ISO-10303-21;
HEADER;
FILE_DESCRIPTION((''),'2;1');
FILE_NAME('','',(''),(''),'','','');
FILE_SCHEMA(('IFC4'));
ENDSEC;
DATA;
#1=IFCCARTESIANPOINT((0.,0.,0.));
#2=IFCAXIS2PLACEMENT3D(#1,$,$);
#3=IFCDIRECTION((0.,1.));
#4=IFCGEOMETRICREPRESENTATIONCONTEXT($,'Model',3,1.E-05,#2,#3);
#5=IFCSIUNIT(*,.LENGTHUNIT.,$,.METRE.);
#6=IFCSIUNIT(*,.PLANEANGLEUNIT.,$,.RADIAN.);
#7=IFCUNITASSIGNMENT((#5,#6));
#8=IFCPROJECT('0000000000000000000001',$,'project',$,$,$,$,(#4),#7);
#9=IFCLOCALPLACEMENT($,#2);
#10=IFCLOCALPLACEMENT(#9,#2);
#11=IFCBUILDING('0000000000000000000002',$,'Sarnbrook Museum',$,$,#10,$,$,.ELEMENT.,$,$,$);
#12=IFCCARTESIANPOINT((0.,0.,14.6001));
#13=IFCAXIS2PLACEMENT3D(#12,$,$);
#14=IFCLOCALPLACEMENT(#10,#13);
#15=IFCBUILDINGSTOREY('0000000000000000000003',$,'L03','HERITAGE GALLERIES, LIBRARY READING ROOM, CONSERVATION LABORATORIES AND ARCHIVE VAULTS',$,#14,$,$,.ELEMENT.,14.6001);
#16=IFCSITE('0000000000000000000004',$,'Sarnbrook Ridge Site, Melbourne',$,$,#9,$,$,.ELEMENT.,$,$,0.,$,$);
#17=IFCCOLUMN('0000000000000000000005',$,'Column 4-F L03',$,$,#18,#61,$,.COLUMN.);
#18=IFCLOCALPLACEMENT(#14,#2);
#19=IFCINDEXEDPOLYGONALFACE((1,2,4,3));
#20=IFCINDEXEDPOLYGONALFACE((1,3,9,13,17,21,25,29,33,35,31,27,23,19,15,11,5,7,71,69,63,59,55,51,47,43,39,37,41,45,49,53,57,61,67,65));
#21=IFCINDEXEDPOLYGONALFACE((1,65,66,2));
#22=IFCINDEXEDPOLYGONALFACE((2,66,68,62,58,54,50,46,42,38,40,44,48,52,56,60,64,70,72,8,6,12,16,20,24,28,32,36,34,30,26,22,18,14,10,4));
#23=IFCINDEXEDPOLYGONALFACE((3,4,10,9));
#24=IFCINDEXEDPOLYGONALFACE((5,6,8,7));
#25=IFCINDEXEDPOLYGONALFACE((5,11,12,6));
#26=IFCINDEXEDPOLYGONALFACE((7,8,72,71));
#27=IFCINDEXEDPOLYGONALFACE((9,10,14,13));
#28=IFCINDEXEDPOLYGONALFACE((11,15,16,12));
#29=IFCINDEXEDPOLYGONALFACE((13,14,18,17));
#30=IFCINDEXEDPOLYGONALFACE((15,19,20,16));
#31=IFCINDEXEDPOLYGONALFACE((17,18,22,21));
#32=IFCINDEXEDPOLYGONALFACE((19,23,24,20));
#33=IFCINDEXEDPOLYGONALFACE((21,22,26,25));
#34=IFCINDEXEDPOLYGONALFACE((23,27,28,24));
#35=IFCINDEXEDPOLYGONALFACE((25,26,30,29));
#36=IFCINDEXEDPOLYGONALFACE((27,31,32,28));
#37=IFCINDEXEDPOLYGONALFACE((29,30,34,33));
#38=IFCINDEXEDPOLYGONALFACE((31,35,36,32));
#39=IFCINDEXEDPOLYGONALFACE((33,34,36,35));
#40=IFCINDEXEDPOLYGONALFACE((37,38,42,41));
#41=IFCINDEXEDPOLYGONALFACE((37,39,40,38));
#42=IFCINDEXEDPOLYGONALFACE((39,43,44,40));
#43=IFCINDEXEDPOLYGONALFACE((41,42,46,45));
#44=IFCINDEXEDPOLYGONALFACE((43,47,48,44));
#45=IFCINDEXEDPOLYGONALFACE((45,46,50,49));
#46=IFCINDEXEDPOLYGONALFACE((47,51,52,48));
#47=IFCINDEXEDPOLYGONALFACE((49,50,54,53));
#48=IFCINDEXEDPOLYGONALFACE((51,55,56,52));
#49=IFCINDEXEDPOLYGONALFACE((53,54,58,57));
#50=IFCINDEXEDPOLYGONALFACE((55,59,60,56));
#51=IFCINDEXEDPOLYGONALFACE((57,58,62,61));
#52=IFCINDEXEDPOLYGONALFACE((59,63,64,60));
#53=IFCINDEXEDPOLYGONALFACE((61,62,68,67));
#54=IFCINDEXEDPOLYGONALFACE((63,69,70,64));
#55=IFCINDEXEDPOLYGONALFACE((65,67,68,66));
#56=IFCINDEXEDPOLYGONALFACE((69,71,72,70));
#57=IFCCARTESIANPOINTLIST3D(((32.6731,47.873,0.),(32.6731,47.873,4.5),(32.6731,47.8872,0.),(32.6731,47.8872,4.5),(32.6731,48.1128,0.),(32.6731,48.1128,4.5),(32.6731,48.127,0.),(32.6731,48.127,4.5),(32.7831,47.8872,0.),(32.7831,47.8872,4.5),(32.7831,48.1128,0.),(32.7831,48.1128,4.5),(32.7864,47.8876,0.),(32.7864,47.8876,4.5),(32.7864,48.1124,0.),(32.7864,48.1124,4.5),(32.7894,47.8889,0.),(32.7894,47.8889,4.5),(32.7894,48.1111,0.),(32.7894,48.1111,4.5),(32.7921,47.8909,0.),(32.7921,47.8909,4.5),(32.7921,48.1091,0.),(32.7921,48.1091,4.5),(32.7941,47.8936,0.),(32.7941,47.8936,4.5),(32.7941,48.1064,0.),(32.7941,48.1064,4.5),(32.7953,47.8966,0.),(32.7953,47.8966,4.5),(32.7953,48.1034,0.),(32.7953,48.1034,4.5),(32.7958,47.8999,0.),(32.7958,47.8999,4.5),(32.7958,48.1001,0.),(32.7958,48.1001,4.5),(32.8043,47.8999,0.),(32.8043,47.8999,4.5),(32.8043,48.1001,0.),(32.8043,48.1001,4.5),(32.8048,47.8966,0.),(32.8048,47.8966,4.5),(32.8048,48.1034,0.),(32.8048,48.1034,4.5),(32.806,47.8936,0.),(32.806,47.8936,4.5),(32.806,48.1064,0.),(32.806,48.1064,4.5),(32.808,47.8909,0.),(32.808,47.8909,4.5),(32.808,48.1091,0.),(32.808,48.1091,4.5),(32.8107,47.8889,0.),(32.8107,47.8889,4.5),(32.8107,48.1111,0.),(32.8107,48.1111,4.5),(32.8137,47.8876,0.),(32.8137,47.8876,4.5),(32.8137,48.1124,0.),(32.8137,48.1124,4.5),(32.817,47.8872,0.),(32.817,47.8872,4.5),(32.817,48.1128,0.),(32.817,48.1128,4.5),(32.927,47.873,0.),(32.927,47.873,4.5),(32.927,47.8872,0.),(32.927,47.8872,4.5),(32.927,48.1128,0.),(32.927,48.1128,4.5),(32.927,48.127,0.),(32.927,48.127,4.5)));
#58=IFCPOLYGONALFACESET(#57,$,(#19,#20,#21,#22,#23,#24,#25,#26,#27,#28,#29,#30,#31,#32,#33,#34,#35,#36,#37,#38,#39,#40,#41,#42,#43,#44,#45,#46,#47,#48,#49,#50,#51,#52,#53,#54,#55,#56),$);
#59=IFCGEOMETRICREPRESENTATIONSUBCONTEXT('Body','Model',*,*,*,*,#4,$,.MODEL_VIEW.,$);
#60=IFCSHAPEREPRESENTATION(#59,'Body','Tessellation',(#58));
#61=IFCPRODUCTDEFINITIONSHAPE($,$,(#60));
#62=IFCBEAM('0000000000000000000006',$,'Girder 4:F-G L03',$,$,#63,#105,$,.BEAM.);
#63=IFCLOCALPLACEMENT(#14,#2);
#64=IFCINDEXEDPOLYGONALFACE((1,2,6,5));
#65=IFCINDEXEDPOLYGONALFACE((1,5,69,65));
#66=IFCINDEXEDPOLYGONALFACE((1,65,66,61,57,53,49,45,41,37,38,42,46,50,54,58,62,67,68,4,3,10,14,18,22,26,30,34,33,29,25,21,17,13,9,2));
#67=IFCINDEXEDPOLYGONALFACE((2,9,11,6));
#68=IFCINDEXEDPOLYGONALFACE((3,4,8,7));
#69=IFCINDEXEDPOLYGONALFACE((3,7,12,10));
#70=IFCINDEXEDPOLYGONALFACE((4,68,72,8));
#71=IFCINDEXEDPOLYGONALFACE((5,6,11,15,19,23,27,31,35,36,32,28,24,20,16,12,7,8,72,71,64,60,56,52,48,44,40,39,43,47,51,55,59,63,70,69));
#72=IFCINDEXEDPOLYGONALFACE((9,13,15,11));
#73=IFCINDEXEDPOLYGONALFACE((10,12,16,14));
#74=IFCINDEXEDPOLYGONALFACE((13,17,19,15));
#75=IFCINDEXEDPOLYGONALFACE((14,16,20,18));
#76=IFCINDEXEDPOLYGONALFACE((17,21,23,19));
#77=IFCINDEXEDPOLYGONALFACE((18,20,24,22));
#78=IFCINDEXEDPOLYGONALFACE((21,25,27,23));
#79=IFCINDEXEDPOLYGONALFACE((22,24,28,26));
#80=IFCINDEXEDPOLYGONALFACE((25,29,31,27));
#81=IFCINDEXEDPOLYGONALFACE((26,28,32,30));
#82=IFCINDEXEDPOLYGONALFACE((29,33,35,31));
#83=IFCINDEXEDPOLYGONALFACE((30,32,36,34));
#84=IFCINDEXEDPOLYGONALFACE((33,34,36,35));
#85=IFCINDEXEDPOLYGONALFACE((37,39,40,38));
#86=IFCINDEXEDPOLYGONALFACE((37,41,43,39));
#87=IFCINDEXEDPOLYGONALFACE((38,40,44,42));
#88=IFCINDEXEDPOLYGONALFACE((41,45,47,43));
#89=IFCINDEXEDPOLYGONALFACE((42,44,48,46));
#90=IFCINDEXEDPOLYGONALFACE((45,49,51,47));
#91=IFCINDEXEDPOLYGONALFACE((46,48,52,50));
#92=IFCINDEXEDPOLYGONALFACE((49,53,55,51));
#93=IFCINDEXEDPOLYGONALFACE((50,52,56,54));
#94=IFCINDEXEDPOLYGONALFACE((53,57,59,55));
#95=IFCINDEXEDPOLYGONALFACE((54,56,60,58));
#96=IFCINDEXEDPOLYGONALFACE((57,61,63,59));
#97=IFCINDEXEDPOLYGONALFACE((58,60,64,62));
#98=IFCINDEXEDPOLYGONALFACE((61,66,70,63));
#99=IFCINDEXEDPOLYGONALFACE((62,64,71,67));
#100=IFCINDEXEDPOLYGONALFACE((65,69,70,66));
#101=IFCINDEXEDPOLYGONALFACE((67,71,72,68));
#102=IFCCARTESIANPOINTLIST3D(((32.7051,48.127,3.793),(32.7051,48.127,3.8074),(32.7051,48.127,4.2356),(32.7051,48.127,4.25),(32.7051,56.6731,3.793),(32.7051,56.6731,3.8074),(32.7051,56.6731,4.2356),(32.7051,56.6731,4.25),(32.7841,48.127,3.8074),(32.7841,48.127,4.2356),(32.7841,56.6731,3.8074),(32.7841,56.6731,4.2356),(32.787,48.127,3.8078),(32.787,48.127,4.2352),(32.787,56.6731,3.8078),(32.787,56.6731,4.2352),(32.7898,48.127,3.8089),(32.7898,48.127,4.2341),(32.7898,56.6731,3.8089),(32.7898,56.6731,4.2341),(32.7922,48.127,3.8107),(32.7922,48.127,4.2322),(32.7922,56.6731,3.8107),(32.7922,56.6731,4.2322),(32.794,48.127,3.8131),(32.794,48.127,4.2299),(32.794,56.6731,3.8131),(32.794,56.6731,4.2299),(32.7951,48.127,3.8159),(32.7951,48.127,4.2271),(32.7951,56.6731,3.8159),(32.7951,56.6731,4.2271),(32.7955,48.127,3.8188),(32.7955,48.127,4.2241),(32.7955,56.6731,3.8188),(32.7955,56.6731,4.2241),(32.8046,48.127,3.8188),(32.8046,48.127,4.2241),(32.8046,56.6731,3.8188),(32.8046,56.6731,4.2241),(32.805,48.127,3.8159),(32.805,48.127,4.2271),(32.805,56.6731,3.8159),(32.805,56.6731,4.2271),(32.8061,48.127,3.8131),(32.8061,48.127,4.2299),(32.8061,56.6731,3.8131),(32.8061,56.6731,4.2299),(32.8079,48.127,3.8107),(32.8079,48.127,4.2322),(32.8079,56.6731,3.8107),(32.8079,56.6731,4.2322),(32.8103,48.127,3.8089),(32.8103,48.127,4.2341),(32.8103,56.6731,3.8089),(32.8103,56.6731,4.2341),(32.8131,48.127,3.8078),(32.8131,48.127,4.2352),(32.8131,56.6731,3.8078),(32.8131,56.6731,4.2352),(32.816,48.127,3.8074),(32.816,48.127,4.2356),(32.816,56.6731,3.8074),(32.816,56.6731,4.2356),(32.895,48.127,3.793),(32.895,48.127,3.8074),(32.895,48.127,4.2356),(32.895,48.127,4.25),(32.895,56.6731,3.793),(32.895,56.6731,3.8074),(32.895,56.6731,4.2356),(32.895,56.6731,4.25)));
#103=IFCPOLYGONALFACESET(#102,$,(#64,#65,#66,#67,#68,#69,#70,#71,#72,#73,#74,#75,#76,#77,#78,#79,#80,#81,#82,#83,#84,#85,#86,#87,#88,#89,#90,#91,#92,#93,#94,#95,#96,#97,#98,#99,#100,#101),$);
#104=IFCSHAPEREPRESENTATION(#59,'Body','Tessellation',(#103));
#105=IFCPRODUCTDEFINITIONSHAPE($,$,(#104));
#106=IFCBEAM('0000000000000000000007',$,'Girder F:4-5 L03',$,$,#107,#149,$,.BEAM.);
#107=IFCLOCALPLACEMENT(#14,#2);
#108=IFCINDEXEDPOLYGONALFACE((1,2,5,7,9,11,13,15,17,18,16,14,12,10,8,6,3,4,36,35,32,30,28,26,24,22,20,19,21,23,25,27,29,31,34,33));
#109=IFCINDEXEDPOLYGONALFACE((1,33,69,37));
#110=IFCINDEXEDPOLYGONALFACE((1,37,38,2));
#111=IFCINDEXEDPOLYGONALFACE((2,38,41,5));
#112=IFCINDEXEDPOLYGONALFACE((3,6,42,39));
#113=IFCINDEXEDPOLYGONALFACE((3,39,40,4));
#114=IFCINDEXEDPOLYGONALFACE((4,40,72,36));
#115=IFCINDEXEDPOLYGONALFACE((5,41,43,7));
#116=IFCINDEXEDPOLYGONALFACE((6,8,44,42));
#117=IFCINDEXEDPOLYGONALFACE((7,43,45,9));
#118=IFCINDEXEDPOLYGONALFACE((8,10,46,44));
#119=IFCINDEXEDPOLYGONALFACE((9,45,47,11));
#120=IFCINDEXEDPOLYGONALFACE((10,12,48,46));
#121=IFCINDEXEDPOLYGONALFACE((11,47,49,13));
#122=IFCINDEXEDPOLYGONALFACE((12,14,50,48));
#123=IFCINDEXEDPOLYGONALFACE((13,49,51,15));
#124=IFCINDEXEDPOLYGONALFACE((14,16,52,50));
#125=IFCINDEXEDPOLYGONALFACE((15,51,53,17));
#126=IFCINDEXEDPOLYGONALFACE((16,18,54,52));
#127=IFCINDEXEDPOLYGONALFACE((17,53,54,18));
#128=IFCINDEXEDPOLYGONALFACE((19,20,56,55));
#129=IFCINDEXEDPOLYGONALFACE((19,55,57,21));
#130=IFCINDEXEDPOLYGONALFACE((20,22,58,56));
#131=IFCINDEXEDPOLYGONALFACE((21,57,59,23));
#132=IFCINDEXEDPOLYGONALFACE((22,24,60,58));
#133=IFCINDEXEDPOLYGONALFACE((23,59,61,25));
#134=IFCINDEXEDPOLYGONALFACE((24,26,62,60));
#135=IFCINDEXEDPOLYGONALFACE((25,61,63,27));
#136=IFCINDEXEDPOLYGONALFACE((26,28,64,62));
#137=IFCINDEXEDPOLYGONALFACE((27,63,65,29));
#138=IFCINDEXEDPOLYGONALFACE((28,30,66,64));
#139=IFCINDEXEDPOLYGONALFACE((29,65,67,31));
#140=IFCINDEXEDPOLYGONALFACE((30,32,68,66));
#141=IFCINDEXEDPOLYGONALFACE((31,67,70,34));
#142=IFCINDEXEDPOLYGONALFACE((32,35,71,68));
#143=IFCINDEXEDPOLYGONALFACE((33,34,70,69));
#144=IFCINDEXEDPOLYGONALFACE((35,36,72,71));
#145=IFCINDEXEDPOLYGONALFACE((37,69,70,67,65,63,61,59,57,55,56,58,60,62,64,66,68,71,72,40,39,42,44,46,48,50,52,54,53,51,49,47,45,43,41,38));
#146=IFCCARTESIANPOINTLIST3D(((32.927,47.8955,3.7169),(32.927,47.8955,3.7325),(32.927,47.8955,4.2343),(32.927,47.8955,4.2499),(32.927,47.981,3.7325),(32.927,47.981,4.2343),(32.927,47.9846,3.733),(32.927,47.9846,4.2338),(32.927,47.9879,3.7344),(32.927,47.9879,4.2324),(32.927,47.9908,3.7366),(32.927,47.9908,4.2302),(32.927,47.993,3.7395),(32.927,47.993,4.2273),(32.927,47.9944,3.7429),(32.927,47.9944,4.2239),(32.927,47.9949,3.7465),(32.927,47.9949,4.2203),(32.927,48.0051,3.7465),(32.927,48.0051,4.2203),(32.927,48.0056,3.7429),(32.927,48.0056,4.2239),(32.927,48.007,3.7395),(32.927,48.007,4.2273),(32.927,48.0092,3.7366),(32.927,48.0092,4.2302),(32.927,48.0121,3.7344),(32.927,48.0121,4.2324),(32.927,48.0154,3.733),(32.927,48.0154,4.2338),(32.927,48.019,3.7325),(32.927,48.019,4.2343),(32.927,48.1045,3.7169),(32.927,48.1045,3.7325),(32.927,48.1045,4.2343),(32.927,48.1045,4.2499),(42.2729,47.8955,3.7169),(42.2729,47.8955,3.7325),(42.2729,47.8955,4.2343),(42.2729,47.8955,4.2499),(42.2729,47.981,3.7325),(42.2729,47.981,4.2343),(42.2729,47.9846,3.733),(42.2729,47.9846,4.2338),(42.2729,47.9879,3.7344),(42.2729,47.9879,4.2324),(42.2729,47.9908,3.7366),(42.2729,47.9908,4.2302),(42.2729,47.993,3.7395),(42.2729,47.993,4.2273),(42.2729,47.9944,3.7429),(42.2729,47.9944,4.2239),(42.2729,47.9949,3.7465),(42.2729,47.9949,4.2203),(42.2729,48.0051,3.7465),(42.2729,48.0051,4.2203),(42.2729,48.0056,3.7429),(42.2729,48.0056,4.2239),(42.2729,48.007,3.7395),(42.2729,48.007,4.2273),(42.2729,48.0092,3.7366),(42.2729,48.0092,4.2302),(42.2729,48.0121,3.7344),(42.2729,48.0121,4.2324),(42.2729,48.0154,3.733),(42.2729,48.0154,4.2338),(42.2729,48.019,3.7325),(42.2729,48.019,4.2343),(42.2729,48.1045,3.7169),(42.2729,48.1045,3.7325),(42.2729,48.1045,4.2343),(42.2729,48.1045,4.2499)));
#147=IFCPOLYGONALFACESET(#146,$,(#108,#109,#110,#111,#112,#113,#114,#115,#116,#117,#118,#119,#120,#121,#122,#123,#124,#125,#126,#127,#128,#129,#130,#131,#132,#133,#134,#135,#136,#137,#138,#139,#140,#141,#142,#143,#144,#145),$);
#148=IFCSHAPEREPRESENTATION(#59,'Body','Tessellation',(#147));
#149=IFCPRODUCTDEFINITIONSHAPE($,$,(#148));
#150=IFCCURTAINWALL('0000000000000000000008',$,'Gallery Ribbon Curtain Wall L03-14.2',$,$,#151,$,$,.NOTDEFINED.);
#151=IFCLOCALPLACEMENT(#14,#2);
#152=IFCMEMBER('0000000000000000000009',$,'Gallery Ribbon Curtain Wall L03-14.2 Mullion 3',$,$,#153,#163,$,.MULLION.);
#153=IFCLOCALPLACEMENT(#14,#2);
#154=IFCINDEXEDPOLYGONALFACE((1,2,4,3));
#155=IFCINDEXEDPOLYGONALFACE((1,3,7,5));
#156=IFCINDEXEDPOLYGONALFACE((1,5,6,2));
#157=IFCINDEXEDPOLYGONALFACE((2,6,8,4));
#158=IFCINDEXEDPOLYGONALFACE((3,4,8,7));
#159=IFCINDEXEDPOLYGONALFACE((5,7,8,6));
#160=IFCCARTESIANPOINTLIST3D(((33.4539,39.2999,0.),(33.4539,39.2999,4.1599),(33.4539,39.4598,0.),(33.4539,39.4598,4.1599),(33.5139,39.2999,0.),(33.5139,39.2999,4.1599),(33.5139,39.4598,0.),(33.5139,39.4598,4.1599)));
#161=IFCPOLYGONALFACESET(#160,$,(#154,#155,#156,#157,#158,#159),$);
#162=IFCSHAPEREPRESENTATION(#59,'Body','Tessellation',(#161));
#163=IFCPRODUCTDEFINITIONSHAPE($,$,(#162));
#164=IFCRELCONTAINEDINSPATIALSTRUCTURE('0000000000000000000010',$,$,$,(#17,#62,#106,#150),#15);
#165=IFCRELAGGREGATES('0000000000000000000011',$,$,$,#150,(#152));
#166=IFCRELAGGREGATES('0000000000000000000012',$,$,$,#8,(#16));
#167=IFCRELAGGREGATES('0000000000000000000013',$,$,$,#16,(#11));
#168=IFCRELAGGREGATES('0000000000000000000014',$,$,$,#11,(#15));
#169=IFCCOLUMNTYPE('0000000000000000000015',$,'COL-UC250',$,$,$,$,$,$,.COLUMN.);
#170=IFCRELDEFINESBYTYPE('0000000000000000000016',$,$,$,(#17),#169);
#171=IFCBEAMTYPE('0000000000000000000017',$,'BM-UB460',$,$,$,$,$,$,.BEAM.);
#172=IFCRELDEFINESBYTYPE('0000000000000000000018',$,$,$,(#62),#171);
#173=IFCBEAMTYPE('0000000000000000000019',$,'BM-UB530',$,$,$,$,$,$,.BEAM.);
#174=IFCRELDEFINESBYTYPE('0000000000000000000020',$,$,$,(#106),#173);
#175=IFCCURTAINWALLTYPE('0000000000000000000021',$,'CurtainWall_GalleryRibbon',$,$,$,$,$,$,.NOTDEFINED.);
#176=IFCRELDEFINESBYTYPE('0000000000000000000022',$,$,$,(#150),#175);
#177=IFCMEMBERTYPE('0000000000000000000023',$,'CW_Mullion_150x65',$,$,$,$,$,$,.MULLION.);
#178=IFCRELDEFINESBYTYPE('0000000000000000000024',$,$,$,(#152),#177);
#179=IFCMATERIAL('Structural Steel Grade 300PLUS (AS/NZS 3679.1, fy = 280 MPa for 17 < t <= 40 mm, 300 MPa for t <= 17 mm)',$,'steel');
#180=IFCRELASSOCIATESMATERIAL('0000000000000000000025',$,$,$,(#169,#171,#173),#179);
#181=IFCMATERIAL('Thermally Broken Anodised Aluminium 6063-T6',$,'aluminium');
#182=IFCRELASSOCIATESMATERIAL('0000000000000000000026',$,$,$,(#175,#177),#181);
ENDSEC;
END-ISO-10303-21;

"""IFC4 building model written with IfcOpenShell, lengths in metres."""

from ifc_helpers import new_model, si_unit, direction, frame, origin, origin_2d, place, context, subcontext, project, spatial, rectangle, i_section, extrude, material, material_profile, profile_set, type_object, element, aggregate, save


model = new_model("IFC4")

# Units and contexts
model_context = context("Model", 3, precision=1e-05, world=origin(), true_north=direction((0.0, 1.0)))
body_context = subcontext(model_context, "Body", "Model", "MODEL_VIEW")
ifc_project = project(units=[si_unit("LENGTHUNIT", "METRE"), si_unit("PLANEANGLEUNIT", "RADIAN")], contexts=[model_context])

# Site, building, storey
site_placement = place(None, origin())
site = spatial("IfcSite", under=ifc_project, at=site_placement, Name="Sarnbrook Ridge Site, Melbourne", CompositionType="ELEMENT", RefElevation=0.0)
building_placement = place(site_placement, origin())
building = spatial("IfcBuilding", under=site, at=building_placement, Name="Sarnbrook Museum", CompositionType="ELEMENT")
storey_placement = place(building_placement, frame((0.0, 0.0, 14.6001)))
storey = spatial("IfcBuildingStorey", under=building, at=storey_placement, Name="L03", Description="HERITAGE GALLERIES, LIBRARY READING ROOM, CONSERVATION LABORATORIES AND ARCHIVE VAULTS", CompositionType="ELEMENT", Elevation=14.6001)

# Column
ifc_material_1 = material(Name="Structural Steel Grade 300PLUS (AS/NZS 3679.1, fy = 280 MPa for 17 < t <= 40 mm, 300 MPa for t <= 17 mm)", Category="steel")
ifc_material_profile_1 = material_profile(ifc_material_1, i_section(OverallWidth=0.2539, OverallDepth=0.2539, WebThickness=0.0085, FlangeThickness=0.0142, FilletRadius=0.0127, at=origin_2d()), Name="250UC72.9")
ifc_profile_set_1 = profile_set([ifc_material_profile_1], Name="Structural Steel Grade 300PLUS (AS/NZS 3679.1, fy = 280 MPa for 17 < t <= 40 mm, 300 MPa for t <= 17 mm)")
column_type = type_object("IfcColumnType", Name="COL-UC250", PredefinedType="COLUMN", material=ifc_profile_set_1)
column_placement = place(storey_placement, frame((32.8, 48.0, 0.0), z_axis=(0.0, 0.0, 1.0), x_axis=(1.0, 0.0, 0.0)))
element("IfcColumn", 1, at=column_placement, inside=storey, type_object=column_type, Name="Column 4-F L03", PredefinedType="COLUMN", context=body_context, shape_type="SweptSolid", body=[
    extrude(i_section(OverallWidth=0.2539, OverallDepth=0.2539, WebThickness=0.0085, FlangeThickness=0.0142, FilletRadius=0.0127, at=origin_2d()), origin(), (0.0, 0.0, 1.0), 4.5),
])

# Beams
ifc_material_profile_2 = material_profile(ifc_material_1, i_section(OverallWidth=0.1899, OverallDepth=0.457, WebThickness=0.009, FlangeThickness=0.0144, FilletRadius=0.0115, at=origin_2d()), Name="460UB74.6")
ifc_profile_set_2 = profile_set([ifc_material_profile_2], Name="Structural Steel Grade 300PLUS (AS/NZS 3679.1, fy = 280 MPa for 17 < t <= 40 mm, 300 MPa for t <= 17 mm)")
beam_type_1 = type_object("IfcBeamType", Name="BM-UB460", PredefinedType="BEAM", material=ifc_profile_set_2)
beam_1_placement = place(storey_placement, frame((32.8, 48.127, 4.0215), z_axis=(0.0, 1.0, 0.0), x_axis=(-1.0, 0.0, 0.0)))
element("IfcBeam", 2, at=beam_1_placement, inside=storey, type_object=beam_type_1, Name="Girder 4:F-G L03", PredefinedType="BEAM", context=body_context, shape_type="SweptSolid", body=[
    extrude(i_section(OverallWidth=0.1899, OverallDepth=0.457, WebThickness=0.009, FlangeThickness=0.0144, FilletRadius=0.0115, at=origin_2d()), origin(), (0.0, 0.0, 1.0), 8.5461),
])
ifc_material_profile_3 = material_profile(ifc_material_1, i_section(OverallWidth=0.209, OverallDepth=0.533, WebThickness=0.0103, FlangeThickness=0.0156, FilletRadius=0.0139, at=origin_2d()), Name="530UB92.4")
ifc_profile_set_3 = profile_set([ifc_material_profile_3], Name="Structural Steel Grade 300PLUS (AS/NZS 3679.1, fy = 280 MPa for 17 < t <= 40 mm, 300 MPa for t <= 17 mm)")
beam_type_2 = type_object("IfcBeamType", Name="BM-UB530", PredefinedType="BEAM", material=ifc_profile_set_3)
beam_2_placement = place(storey_placement, frame((32.927, 48.0, 3.9834), z_axis=(1.0, 0.0, 0.0), x_axis=(0.0, 1.0, 0.0)))
element("IfcBeam", 3, at=beam_2_placement, inside=storey, type_object=beam_type_2, Name="Girder F:4-5 L03", PredefinedType="BEAM", context=body_context, shape_type="SweptSolid", body=[
    extrude(i_section(OverallWidth=0.209, OverallDepth=0.533, WebThickness=0.0103, FlangeThickness=0.0156, FilletRadius=0.0139, at=origin_2d()), origin(), (0.0, 0.0, 1.0), 9.3459),
])

# Curtain wall, member
ifc_material_2 = material(Name="Thermally Broken Anodised Aluminium 6063-T6", Category="aluminium")
curtain_wall_type = type_object("IfcCurtainWallType", Name="CurtainWall_GalleryRibbon", PredefinedType="NOTDEFINED", material=ifc_material_2)
curtain_wall_1_placement = place(storey_placement, origin())
curtain_wall_1 = element("IfcCurtainWall", 4, at=curtain_wall_1_placement, inside=storey, type_object=curtain_wall_type, Name="Gallery Ribbon Curtain Wall L03-14.2", PredefinedType="NOTDEFINED")
ifc_material_profile_4 = material_profile(ifc_material_2, rectangle(XDim=0.0601, YDim=0.1599, at=origin_2d()), Name="ALU MULLION 60x160")
ifc_profile_set_4 = profile_set([ifc_material_profile_4], Name="Thermally Broken Anodised Aluminium 6063-T6")
member_type = type_object("IfcMemberType", Name="CW_Mullion_150x65", PredefinedType="MULLION", material=ifc_profile_set_4)
member_placement = place(storey_placement, frame((33.4839, 39.3799, 0.0), z_axis=(0.0, 0.0, 1.0), x_axis=(1.0, 0.0, 0.0)))
member = element("IfcMember", 5, at=member_placement, type_object=member_type, Name="Gallery Ribbon Curtain Wall L03-14.2 Mullion 3", PredefinedType="MULLION", context=body_context, shape_type="SweptSolid", body=[
    extrude(rectangle(XDim=0.0601, YDim=0.1599, at=origin_2d()), origin(), (0.0, 0.0, 1.0), 4.1599),
])

aggregate(curtain_wall_1, [member])

save(model, "model.ifc")
